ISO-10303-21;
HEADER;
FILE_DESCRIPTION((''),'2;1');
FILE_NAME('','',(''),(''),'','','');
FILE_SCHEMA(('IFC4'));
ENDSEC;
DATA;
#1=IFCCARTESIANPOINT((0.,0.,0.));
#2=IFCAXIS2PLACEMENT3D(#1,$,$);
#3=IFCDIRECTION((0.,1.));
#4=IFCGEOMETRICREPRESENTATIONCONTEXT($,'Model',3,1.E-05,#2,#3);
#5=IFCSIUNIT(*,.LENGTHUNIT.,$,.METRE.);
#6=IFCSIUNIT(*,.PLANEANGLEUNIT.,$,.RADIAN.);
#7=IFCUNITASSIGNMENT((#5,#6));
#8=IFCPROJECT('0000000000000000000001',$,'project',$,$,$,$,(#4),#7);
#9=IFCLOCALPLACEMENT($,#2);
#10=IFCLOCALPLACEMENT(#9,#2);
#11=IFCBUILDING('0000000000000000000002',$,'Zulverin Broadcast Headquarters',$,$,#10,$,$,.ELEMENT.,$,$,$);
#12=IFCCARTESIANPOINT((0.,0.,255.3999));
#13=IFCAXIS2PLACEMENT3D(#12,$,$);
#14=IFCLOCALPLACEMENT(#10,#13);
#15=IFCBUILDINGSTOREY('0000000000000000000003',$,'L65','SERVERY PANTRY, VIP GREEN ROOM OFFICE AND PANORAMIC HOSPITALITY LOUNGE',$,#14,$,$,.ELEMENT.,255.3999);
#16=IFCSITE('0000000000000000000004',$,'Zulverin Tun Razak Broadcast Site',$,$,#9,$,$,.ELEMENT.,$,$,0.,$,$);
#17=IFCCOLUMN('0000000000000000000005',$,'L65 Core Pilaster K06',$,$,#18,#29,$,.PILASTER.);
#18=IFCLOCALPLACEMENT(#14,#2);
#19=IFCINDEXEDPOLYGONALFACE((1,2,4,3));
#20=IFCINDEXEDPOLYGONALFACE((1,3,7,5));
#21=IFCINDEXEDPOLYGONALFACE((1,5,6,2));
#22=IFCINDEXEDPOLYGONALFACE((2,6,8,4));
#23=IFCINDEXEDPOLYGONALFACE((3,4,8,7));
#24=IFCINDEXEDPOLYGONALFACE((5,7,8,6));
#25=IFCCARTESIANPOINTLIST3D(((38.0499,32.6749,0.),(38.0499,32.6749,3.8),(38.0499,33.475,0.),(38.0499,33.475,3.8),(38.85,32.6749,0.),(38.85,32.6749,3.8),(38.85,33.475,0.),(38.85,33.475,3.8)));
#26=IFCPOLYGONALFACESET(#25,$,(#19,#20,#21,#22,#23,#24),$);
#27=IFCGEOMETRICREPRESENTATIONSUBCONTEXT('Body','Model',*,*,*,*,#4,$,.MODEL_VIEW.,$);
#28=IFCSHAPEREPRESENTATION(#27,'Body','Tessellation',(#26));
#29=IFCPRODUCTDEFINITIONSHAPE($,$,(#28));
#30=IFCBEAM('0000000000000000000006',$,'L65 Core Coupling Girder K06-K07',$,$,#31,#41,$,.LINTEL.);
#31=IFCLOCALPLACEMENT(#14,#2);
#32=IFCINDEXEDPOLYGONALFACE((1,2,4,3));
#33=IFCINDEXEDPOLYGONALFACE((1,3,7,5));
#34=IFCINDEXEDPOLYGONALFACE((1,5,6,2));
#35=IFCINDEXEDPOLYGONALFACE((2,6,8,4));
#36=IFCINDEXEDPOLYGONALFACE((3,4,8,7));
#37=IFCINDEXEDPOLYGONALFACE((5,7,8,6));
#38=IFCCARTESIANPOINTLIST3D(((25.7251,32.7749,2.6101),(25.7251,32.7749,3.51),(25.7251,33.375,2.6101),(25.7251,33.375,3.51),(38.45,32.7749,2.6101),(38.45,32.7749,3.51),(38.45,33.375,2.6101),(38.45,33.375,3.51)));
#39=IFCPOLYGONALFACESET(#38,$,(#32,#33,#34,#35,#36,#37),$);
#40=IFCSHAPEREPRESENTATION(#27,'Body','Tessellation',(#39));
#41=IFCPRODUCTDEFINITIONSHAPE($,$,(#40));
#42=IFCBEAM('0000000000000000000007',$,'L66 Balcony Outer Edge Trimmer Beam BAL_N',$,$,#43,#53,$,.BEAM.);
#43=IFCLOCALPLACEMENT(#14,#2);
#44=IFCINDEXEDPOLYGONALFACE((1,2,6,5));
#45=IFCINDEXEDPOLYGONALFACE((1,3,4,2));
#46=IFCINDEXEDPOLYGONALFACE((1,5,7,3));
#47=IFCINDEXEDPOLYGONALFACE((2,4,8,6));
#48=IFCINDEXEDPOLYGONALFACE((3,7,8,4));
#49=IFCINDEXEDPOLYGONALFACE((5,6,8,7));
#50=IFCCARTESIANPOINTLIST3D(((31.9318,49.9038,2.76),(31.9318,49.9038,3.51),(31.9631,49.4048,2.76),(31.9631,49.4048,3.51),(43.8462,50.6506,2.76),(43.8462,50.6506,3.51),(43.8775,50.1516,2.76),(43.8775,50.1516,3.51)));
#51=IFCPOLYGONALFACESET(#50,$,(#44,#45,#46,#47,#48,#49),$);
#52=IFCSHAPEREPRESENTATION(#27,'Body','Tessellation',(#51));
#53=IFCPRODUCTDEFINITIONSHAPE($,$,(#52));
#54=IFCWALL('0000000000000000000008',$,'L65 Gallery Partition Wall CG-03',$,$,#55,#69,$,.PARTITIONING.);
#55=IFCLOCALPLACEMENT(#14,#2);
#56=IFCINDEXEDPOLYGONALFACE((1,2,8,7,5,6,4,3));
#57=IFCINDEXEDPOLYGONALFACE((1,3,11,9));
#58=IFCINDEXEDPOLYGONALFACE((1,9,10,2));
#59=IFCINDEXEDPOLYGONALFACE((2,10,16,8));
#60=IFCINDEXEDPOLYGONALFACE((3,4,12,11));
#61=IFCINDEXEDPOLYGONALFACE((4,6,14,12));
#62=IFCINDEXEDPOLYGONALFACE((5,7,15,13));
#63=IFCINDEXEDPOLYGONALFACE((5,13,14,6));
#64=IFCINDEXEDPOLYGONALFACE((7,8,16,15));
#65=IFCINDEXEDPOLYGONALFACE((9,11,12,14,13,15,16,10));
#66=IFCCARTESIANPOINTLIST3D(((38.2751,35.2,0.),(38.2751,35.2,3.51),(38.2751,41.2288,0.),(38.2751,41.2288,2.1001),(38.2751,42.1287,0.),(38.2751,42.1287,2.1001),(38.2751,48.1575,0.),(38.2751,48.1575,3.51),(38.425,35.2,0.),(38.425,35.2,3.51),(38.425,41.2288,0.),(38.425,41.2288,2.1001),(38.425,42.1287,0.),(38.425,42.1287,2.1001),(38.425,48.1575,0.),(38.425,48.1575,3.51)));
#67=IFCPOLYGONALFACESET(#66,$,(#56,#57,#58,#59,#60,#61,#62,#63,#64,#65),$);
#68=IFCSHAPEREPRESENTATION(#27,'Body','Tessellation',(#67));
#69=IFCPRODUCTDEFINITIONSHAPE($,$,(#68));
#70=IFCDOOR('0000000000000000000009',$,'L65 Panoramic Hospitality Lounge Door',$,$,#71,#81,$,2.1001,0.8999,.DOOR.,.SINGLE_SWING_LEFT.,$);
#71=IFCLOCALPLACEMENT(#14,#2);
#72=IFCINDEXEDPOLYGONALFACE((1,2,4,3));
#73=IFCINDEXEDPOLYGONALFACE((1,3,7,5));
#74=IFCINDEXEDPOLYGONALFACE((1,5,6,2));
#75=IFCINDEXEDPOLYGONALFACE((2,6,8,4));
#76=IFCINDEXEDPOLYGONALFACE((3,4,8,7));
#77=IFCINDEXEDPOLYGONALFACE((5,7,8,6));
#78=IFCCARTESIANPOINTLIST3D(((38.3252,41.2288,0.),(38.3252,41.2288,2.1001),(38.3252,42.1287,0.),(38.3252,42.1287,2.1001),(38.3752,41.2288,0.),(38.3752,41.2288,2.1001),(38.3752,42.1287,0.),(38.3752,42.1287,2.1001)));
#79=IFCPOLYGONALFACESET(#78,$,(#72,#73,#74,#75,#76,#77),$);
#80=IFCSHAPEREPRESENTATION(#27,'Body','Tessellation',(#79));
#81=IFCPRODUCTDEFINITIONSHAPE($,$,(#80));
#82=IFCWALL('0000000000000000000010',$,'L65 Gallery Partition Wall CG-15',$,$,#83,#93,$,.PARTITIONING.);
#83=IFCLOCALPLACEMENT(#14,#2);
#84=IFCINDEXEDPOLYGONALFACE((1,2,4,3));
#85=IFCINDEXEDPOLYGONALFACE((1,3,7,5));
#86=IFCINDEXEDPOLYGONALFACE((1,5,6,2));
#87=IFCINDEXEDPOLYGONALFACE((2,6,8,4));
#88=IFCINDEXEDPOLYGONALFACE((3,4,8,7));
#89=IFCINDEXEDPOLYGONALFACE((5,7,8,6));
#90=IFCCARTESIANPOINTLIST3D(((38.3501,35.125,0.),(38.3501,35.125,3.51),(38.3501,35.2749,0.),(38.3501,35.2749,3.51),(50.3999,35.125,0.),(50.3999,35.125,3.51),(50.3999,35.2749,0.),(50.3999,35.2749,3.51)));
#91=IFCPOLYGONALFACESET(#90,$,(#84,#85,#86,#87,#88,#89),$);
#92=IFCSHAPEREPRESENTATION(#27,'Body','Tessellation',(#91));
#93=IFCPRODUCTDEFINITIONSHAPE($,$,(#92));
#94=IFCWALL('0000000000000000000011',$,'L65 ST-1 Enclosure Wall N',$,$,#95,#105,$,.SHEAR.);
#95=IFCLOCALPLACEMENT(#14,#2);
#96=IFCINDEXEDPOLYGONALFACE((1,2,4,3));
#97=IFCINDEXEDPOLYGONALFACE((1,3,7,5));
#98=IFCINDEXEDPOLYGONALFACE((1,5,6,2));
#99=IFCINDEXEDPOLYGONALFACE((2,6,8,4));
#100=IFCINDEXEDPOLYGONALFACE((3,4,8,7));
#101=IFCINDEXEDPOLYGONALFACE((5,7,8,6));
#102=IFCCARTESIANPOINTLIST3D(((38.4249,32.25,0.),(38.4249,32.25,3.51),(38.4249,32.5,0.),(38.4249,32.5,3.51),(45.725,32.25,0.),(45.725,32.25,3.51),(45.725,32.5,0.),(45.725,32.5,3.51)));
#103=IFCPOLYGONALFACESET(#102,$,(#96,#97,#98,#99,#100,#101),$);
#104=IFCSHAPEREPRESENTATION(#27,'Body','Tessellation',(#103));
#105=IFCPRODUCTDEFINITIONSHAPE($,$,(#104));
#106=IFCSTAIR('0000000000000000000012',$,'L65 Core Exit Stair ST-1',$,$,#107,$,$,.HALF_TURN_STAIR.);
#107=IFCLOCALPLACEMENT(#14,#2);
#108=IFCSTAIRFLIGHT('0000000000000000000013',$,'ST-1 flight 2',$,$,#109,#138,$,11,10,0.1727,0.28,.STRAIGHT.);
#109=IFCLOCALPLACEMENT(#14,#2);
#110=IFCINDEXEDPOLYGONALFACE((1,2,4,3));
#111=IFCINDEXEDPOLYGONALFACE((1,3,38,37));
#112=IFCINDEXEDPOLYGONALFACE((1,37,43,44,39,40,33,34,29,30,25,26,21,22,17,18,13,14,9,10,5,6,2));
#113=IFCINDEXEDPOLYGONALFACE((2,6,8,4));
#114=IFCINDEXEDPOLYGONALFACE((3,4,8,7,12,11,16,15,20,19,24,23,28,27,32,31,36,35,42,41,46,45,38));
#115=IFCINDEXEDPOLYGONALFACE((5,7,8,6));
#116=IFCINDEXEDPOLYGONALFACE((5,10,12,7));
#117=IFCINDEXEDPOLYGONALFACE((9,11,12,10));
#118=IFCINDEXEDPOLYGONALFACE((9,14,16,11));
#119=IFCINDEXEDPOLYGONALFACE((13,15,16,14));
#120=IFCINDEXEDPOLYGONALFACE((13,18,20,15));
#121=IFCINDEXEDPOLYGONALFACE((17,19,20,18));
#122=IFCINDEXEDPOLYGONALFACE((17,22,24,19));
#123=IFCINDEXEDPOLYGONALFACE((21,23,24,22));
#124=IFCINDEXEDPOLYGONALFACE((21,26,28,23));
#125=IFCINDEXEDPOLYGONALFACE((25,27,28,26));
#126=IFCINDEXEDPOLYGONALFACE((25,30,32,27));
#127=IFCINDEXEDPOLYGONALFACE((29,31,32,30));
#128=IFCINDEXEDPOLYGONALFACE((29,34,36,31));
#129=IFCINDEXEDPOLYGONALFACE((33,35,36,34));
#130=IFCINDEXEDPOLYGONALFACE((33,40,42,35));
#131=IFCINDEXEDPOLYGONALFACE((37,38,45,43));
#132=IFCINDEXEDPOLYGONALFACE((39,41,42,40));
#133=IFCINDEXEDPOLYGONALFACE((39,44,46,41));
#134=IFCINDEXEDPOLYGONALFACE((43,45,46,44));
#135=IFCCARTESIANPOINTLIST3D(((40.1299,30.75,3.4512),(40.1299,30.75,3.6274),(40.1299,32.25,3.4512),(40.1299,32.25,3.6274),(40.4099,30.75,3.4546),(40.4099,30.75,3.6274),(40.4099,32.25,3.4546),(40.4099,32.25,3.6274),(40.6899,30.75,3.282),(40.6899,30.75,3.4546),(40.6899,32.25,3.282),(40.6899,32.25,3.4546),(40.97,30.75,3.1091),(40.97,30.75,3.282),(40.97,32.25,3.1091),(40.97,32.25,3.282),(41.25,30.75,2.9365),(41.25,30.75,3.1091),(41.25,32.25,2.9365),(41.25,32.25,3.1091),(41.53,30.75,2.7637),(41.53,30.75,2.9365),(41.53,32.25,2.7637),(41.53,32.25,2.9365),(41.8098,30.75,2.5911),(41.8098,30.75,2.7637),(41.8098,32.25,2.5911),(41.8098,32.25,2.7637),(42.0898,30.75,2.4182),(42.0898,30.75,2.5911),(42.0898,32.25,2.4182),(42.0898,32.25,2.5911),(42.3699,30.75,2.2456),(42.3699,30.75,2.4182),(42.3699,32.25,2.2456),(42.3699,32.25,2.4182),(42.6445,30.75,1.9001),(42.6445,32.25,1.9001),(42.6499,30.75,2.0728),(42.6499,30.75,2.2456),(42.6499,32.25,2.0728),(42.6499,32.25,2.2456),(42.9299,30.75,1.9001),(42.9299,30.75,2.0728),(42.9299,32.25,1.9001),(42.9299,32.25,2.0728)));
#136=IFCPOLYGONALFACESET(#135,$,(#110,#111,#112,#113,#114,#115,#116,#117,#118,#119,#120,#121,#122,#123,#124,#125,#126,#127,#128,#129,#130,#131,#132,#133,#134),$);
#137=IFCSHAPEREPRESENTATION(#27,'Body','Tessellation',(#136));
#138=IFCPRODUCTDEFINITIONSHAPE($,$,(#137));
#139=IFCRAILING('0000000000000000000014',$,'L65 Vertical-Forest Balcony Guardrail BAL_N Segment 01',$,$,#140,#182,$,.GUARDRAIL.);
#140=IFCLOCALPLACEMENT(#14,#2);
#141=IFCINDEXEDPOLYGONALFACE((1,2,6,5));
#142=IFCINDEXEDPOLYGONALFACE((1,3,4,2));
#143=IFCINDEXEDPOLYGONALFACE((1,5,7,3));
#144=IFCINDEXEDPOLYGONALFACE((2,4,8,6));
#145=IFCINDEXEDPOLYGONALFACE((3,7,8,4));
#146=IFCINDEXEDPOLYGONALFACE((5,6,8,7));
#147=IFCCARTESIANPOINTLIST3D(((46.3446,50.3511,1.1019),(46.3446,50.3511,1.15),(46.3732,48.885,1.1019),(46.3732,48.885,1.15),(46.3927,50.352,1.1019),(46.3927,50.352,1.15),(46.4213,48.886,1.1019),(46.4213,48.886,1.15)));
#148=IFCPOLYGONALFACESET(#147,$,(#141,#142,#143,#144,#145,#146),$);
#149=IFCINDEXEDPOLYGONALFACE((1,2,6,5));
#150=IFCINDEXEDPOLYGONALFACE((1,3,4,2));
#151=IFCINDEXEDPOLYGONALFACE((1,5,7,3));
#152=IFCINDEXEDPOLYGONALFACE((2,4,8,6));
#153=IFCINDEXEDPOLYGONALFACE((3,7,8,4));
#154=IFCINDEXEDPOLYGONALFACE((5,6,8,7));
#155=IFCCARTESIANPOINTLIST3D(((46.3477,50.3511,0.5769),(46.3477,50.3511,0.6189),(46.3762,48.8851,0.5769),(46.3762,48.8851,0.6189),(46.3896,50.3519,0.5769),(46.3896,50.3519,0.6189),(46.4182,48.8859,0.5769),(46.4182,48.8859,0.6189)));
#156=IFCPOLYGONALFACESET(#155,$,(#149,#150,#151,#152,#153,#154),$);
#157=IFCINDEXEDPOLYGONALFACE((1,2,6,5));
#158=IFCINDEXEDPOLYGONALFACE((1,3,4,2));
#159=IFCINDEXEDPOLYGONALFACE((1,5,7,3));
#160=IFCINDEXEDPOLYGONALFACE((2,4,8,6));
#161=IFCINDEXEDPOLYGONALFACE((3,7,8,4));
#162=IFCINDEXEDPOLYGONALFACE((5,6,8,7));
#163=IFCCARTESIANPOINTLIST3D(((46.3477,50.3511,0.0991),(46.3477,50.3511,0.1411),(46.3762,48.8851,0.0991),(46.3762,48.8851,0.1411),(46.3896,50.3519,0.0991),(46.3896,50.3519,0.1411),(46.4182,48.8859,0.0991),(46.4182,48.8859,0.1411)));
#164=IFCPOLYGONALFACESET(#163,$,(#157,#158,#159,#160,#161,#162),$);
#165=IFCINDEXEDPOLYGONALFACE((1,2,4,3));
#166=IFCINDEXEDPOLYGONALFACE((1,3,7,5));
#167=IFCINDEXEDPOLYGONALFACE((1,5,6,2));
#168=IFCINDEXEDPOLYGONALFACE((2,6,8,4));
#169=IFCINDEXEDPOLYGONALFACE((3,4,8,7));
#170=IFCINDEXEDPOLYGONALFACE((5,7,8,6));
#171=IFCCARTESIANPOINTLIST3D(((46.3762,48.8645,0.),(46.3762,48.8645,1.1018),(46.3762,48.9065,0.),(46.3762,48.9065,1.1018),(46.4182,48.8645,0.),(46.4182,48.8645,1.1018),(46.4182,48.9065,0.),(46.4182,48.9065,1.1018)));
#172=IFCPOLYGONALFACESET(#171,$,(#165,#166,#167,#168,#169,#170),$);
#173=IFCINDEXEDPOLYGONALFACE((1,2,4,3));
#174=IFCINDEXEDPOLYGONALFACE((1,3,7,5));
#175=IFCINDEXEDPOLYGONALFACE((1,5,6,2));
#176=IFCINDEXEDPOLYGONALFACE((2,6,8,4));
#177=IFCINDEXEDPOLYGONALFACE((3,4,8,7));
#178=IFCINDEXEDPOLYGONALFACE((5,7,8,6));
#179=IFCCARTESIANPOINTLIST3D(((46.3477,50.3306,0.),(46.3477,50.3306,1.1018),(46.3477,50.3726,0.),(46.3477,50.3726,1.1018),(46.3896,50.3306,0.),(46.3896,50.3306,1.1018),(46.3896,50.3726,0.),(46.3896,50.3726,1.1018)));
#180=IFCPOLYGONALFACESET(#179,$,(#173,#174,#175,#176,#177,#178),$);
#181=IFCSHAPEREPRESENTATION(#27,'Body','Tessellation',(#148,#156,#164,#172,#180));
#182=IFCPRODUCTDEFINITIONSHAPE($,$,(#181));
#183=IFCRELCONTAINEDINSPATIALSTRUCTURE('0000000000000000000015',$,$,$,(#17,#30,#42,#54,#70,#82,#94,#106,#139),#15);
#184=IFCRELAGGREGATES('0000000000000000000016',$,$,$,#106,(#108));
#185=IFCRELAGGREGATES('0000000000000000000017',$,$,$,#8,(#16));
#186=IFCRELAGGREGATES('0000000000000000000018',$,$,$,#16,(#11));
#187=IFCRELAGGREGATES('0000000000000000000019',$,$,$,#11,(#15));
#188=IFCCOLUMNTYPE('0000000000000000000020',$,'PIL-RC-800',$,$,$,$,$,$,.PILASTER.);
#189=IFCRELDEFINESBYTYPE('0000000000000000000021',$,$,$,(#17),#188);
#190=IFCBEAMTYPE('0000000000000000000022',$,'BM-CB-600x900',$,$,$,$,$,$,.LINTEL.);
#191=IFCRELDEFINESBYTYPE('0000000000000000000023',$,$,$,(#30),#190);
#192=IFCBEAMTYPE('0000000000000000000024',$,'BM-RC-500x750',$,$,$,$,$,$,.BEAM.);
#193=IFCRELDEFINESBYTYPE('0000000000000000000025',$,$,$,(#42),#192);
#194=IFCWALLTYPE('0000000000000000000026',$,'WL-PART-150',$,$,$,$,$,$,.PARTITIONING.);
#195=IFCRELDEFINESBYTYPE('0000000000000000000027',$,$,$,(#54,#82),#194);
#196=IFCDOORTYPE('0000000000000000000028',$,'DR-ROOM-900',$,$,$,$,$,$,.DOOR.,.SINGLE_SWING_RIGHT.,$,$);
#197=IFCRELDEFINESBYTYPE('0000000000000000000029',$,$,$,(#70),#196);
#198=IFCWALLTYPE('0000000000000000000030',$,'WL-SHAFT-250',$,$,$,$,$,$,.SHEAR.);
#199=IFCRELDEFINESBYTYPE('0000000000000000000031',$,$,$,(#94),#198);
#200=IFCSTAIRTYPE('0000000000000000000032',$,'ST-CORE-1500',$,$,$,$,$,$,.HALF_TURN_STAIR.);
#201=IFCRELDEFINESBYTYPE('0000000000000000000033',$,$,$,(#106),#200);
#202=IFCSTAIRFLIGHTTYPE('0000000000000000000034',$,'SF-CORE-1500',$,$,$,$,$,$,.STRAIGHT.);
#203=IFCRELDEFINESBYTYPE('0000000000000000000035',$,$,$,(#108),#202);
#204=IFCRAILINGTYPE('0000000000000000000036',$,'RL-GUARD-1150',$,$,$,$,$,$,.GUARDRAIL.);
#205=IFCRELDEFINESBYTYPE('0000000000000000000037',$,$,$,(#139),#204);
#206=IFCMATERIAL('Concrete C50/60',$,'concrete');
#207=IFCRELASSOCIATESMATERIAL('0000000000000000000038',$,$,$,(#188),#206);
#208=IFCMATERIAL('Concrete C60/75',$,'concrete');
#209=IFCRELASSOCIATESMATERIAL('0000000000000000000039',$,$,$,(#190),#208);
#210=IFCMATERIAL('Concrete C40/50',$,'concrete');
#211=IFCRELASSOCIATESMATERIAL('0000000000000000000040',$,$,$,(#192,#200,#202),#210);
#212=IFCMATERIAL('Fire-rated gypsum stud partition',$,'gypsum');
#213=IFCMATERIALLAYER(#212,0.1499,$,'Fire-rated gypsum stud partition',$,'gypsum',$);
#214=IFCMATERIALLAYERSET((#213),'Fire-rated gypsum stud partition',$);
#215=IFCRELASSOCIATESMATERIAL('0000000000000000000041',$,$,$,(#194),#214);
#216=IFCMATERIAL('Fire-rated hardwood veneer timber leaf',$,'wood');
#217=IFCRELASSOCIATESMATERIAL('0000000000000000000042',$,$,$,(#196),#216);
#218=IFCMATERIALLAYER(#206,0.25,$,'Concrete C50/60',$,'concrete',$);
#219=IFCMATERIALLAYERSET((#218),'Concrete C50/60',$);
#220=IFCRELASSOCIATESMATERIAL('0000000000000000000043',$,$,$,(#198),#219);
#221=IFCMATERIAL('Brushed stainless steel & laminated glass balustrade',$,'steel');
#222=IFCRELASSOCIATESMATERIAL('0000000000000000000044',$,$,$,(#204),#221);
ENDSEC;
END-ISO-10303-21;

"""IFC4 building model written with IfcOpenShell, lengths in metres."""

from ifc_helpers import new_model, si_unit, direction, frame, frame_2d, origin, origin_2d, place, context, subcontext, project, spatial, polyline, rectangle, outline, extrude, material, layer, layer_set, material_profile, profile_set, type_object, element, fill, aggregate, save


model = new_model("IFC4")

# Units and contexts
model_context = context("Model", 3, precision=1e-05, world=origin(), true_north=direction((0.0, 1.0)))
body_context = subcontext(model_context, "Body", "Model", "MODEL_VIEW")
ifc_project = project(units=[si_unit("LENGTHUNIT", "METRE"), si_unit("PLANEANGLEUNIT", "RADIAN")], contexts=[model_context])

# Site, building, storey
site_placement = place(None, origin())
site = spatial("IfcSite", under=ifc_project, at=site_placement, Name="Zulverin Tun Razak Broadcast Site", CompositionType="ELEMENT", RefElevation=0.0)
building_placement = place(site_placement, origin())
building = spatial("IfcBuilding", under=site, at=building_placement, Name="Zulverin Broadcast Headquarters", CompositionType="ELEMENT")
storey_placement = place(building_placement, frame((0.0, 0.0, 255.3999)))
storey = spatial("IfcBuildingStorey", under=building, at=storey_placement, Name="L65", Description="SERVERY PANTRY, VIP GREEN ROOM OFFICE AND PANORAMIC HOSPITALITY LOUNGE", CompositionType="ELEMENT", Elevation=255.3999)

# Column
ifc_material_1 = material(Name="Concrete C50/60", Category="concrete")
ifc_material_profile_1 = material_profile(ifc_material_1, rectangle(XDim=0.8, YDim=0.8, at=origin_2d()), Name="Concrete C50/60", Category="concrete")
ifc_profile_set_1 = profile_set([ifc_material_profile_1], Name="Concrete C50/60")
column_type = type_object("IfcColumnType", Name="PIL-RC-800", PredefinedType="PILASTER", material=ifc_profile_set_1)
column_placement = place(storey_placement, frame((38.45, 33.075, 0.0), z_axis=(0.0, 0.0, 1.0), x_axis=(1.0, 0.0, 0.0)))
element("IfcColumn", 1, at=column_placement, inside=storey, type_object=column_type, Name="L65 Core Pilaster K06", PredefinedType="PILASTER", context=body_context, shape_type="SweptSolid", body=[
    extrude(rectangle(XDim=0.8, YDim=0.8, at=origin_2d()), origin(), (0.0, 0.0, 1.0), 3.8),
])

# Beams
ifc_material_2 = material(Name="Concrete C60/75", Category="concrete")
ifc_material_profile_2 = material_profile(ifc_material_2, rectangle(XDim=0.6001, YDim=0.8999, at=origin_2d()), Name="Concrete C60/75", Category="concrete")
ifc_profile_set_2 = profile_set([ifc_material_profile_2], Name="Concrete C60/75")
beam_type_1 = type_object("IfcBeamType", Name="BM-CB-600x900", PredefinedType="LINTEL", material=ifc_profile_set_2)
beam_1_placement = place(storey_placement, frame((38.45, 33.075, 3.0601), z_axis=(-1.0, 0.0, 0.0), x_axis=(0.0, -1.0, 0.0)))
element("IfcBeam", 2, at=beam_1_placement, inside=storey, type_object=beam_type_1, Name="L65 Core Coupling Girder K06-K07", PredefinedType="LINTEL", context=body_context, shape_type="SweptSolid", body=[
    extrude(rectangle(XDim=0.6001, YDim=0.8999, at=origin_2d()), origin(), (0.0, 0.0, 1.0), 12.7249),
])
ifc_material_3 = material(Name="Concrete C40/50", Category="concrete")
ifc_material_profile_3 = material_profile(ifc_material_3, rectangle(XDim=0.5, YDim=0.75, at=origin_2d()), Name="Concrete C40/50", Category="concrete")
ifc_profile_set_3 = profile_set([ifc_material_profile_3], Name="Concrete C40/50")
beam_type_2 = type_object("IfcBeamType", Name="BM-RC-500x750", PredefinedType="BEAM", material=ifc_profile_set_3)
beam_2_placement = place(storey_placement, frame((43.8618, 50.4011, 3.135), z_axis=(-0.998041, -0.06256, 0.0), x_axis=(0.06256, -0.998041, 0.0)))
element("IfcBeam", 3, at=beam_2_placement, inside=storey, type_object=beam_type_2, Name="L66 Balcony Outer Edge Trimmer Beam BAL_N", PredefinedType="BEAM", context=body_context, shape_type="SweptSolid", body=[
    extrude(rectangle(XDim=0.5, YDim=0.75, at=origin_2d()), origin(), (0.0, 0.0, 1.0), 11.9377),
])

# Wall, opening, door
ifc_material_4 = material(Name="Fire-rated gypsum stud partition", Category="gypsum")
ifc_layer_1 = layer(ifc_material_4, 0.1499, Name="Fire-rated gypsum stud partition", Category="gypsum")
ifc_layer_set_1 = layer_set([ifc_layer_1], Name="Fire-rated gypsum stud partition")
wall_type_1 = type_object("IfcWallType", Name="WL-PART-150", PredefinedType="PARTITIONING", material=ifc_layer_set_1)
wall_1_placement = place(storey_placement, frame((38.3501, 35.2, 0.0), z_axis=(0.0, 0.0, 1.0), x_axis=(0.0, 1.0, 0.0)))
wall_1 = element("IfcWall", 4, at=wall_1_placement, inside=storey, type_object=wall_type_1, Name="L65 Gallery Partition Wall CG-03", PredefinedType="PARTITIONING", context=body_context, shape_type="SweptSolid", body=[
    extrude(rectangle(XDim=12.9575, YDim=0.1499, at=frame_2d((6.4788, 0.0))), origin(), (0.0, 0.0, 1.0), 3.51),
])
opening_placement = place(wall_1_placement, frame((6.0288, 0.0, 0.0)))
opening = element("IfcOpeningElement", 5, at=opening_placement, cuts=wall_1, PredefinedType="OPENING", context=body_context, shape_type="SweptSolid", body=[
    extrude(rectangle(XDim=0.8999, YDim=2.1001, at=frame_2d((0.45, 1.05))), frame((0.0, 0.085, 0.0), z_axis=(0.0, -1.0, 0.0), x_axis=(1.0, 0.0, 0.0)), (0.0, 0.0, 1.0), 0.1699),
])
ifc_material_5 = material(Name="Fire-rated hardwood veneer timber leaf", Category="wood")
door_type = type_object("IfcDoorType", Name="DR-ROOM-900", OperationType="SINGLE_SWING_RIGHT", PredefinedType="DOOR", material=ifc_material_5)
door_placement = place(opening_placement, origin())
door = element("IfcDoor", 6, at=door_placement, inside=storey, type_object=door_type, Name="L65 Panoramic Hospitality Lounge Door", OperationType="SINGLE_SWING_LEFT", OverallHeight=2.1001, OverallWidth=0.8999, PredefinedType="DOOR", context=body_context, shape_type="SweptSolid", body=[
    extrude(rectangle(XDim=0.8999, YDim=2.1001, at=frame_2d((0.45, 1.05))), frame((0.0, 0.0249, 0.0), z_axis=(0.0, -1.0, 0.0), x_axis=(1.0, 0.0, 0.0)), (0.0, 0.0, 1.0), 0.05),
])
fill(opening, door)

# Walls
wall_2_placement = place(storey_placement, frame((38.3501, 35.2, 0.0), z_axis=(0.0, 0.0, 1.0), x_axis=(1.0, 0.0, 0.0)))
element("IfcWall", 7, at=wall_2_placement, inside=storey, type_object=wall_type_1, Name="L65 Gallery Partition Wall CG-15", PredefinedType="PARTITIONING", context=body_context, shape_type="SweptSolid", body=[
    extrude(rectangle(XDim=12.0498, YDim=0.1499, at=frame_2d((6.0249, 0.0))), origin(), (0.0, 0.0, 1.0), 3.51),
])
ifc_layer_2 = layer(ifc_material_1, 0.25, Name="Concrete C50/60", Category="concrete")
ifc_layer_set_2 = layer_set([ifc_layer_2], Name="Concrete C50/60")
wall_type_2 = type_object("IfcWallType", Name="WL-SHAFT-250", PredefinedType="SHEAR", material=ifc_layer_set_2)
wall_3_placement = place(storey_placement, frame((38.425, 32.375, 0.0), z_axis=(0.0, 0.0, 1.0), x_axis=(1.0, 0.0, 0.0)))
element("IfcWall", 8, at=wall_3_placement, inside=storey, type_object=wall_type_2, Name="L65 ST-1 Enclosure Wall N", PredefinedType="SHEAR", context=body_context, shape_type="SweptSolid", body=[
    extrude(rectangle(XDim=7.3, YDim=0.25, at=frame_2d((3.6499, 0.0))), origin(), (0.0, 0.0, 1.0), 3.51),
])

# Stair, stair flight
stair_type = type_object("IfcStairType", Name="ST-CORE-1500", PredefinedType="HALF_TURN_STAIR", material=ifc_material_3)
stair_placement = place(storey_placement, origin())
stair = element("IfcStair", 9, at=stair_placement, inside=storey, type_object=stair_type, Name="L65 Core Exit Stair ST-1", PredefinedType="HALF_TURN_STAIR")
stair_flight_type = type_object("IfcStairFlightType", Name="SF-CORE-1500", PredefinedType="STRAIGHT", material=ifc_material_3)
stair_flight_placement = place(storey_placement, frame((42.9299, 31.5, 1.9001), z_axis=(0.0, 0.0, 1.0), x_axis=(-1.0, 0.0, 0.0)))
stair_flight = element("IfcStairFlight", 10, at=stair_flight_placement, type_object=stair_flight_type, Name="ST-1 flight 2", NumberOfRisers=11, NumberOfTreads=10, PredefinedType="STRAIGHT", RiserHeight=0.1727, TreadLength=0.28, context=body_context, shape_type="SweptSolid", body=[
    extrude(outline(polyline([(0.0, 0.0), (0.0, 0.1726), (0.28, 0.1726), (0.28, 0.3455), (0.5601, 0.3455), (0.5601, 0.5181), (0.8401, 0.5181), (0.8401, 0.6909), (1.1201, 0.6909), (1.1201, 0.8635), (1.3999, 0.8635), (1.3999, 1.0364), (1.6799, 1.0364), (1.6799, 1.209), (1.96, 1.209), (1.96, 1.3818), (2.24, 1.3818), (2.24, 1.5544), (2.52, 1.5544), (2.52, 1.7273), (2.8, 1.7273), (2.8, 1.8999), (2.8, 1.551), (0.2854, 0.0), (0.0, 0.0)])), frame((0.0, 0.75, 0.0), z_axis=(0.0, -1.0, 0.0), x_axis=(1.0, 0.0, 0.0)), (0.0, 0.0, 1.0), 1.5),
])
aggregate(stair, [stair_flight])

# Railing
ifc_material_6 = material(Name="Brushed stainless steel & laminated glass balustrade", Category="steel")
railing_type_1 = type_object("IfcRailingType", Name="RL-GUARD-1150", PredefinedType="GUARDRAIL", material=ifc_material_6)
railing_1_placement = place(storey_placement, frame((46.3972, 48.8855, 0.0)))
element("IfcRailing", 11, at=railing_1_placement, inside=storey, type_object=railing_type_1, Name="L65 Vertical-Forest Balcony Guardrail BAL_N Segment 01", PredefinedType="GUARDRAIL", context=body_context, shape_type="SweptSolid", body=[
    extrude(rectangle(XDim=0.0481, YDim=0.0481, at=origin_2d()), frame((0.0, 0.0, 1.126), z_axis=(-0.01948, 0.99981, 0.0), x_axis=(-0.99981, -0.01948, 0.0)), (0.0, 0.0, 1.0), 1.4663),
    extrude(rectangle(XDim=0.042, YDim=0.042, at=origin_2d()), frame((0.0, 0.0, 0.5979), z_axis=(-0.01948, 0.99981, 0.0), x_axis=(-0.99981, -0.01948, 0.0)), (0.0, 0.0, 1.0), 1.4663),
    extrude(rectangle(XDim=0.042, YDim=0.042, at=origin_2d()), frame((0.0, 0.0, 0.1201), z_axis=(-0.01948, 0.99981, 0.0), x_axis=(-0.99981, -0.01948, 0.0)), (0.0, 0.0, 1.0), 1.4663),
    extrude(rectangle(XDim=0.042, YDim=0.042, at=origin_2d()), origin(), (0.0, 0.0, 1.0), 1.1018),
    extrude(rectangle(XDim=0.042, YDim=0.042, at=origin_2d()), frame((-0.0286, 1.4661, 0.0)), (0.0, 0.0, 1.0), 1.1018),
])

save(model, "model.ifc")
